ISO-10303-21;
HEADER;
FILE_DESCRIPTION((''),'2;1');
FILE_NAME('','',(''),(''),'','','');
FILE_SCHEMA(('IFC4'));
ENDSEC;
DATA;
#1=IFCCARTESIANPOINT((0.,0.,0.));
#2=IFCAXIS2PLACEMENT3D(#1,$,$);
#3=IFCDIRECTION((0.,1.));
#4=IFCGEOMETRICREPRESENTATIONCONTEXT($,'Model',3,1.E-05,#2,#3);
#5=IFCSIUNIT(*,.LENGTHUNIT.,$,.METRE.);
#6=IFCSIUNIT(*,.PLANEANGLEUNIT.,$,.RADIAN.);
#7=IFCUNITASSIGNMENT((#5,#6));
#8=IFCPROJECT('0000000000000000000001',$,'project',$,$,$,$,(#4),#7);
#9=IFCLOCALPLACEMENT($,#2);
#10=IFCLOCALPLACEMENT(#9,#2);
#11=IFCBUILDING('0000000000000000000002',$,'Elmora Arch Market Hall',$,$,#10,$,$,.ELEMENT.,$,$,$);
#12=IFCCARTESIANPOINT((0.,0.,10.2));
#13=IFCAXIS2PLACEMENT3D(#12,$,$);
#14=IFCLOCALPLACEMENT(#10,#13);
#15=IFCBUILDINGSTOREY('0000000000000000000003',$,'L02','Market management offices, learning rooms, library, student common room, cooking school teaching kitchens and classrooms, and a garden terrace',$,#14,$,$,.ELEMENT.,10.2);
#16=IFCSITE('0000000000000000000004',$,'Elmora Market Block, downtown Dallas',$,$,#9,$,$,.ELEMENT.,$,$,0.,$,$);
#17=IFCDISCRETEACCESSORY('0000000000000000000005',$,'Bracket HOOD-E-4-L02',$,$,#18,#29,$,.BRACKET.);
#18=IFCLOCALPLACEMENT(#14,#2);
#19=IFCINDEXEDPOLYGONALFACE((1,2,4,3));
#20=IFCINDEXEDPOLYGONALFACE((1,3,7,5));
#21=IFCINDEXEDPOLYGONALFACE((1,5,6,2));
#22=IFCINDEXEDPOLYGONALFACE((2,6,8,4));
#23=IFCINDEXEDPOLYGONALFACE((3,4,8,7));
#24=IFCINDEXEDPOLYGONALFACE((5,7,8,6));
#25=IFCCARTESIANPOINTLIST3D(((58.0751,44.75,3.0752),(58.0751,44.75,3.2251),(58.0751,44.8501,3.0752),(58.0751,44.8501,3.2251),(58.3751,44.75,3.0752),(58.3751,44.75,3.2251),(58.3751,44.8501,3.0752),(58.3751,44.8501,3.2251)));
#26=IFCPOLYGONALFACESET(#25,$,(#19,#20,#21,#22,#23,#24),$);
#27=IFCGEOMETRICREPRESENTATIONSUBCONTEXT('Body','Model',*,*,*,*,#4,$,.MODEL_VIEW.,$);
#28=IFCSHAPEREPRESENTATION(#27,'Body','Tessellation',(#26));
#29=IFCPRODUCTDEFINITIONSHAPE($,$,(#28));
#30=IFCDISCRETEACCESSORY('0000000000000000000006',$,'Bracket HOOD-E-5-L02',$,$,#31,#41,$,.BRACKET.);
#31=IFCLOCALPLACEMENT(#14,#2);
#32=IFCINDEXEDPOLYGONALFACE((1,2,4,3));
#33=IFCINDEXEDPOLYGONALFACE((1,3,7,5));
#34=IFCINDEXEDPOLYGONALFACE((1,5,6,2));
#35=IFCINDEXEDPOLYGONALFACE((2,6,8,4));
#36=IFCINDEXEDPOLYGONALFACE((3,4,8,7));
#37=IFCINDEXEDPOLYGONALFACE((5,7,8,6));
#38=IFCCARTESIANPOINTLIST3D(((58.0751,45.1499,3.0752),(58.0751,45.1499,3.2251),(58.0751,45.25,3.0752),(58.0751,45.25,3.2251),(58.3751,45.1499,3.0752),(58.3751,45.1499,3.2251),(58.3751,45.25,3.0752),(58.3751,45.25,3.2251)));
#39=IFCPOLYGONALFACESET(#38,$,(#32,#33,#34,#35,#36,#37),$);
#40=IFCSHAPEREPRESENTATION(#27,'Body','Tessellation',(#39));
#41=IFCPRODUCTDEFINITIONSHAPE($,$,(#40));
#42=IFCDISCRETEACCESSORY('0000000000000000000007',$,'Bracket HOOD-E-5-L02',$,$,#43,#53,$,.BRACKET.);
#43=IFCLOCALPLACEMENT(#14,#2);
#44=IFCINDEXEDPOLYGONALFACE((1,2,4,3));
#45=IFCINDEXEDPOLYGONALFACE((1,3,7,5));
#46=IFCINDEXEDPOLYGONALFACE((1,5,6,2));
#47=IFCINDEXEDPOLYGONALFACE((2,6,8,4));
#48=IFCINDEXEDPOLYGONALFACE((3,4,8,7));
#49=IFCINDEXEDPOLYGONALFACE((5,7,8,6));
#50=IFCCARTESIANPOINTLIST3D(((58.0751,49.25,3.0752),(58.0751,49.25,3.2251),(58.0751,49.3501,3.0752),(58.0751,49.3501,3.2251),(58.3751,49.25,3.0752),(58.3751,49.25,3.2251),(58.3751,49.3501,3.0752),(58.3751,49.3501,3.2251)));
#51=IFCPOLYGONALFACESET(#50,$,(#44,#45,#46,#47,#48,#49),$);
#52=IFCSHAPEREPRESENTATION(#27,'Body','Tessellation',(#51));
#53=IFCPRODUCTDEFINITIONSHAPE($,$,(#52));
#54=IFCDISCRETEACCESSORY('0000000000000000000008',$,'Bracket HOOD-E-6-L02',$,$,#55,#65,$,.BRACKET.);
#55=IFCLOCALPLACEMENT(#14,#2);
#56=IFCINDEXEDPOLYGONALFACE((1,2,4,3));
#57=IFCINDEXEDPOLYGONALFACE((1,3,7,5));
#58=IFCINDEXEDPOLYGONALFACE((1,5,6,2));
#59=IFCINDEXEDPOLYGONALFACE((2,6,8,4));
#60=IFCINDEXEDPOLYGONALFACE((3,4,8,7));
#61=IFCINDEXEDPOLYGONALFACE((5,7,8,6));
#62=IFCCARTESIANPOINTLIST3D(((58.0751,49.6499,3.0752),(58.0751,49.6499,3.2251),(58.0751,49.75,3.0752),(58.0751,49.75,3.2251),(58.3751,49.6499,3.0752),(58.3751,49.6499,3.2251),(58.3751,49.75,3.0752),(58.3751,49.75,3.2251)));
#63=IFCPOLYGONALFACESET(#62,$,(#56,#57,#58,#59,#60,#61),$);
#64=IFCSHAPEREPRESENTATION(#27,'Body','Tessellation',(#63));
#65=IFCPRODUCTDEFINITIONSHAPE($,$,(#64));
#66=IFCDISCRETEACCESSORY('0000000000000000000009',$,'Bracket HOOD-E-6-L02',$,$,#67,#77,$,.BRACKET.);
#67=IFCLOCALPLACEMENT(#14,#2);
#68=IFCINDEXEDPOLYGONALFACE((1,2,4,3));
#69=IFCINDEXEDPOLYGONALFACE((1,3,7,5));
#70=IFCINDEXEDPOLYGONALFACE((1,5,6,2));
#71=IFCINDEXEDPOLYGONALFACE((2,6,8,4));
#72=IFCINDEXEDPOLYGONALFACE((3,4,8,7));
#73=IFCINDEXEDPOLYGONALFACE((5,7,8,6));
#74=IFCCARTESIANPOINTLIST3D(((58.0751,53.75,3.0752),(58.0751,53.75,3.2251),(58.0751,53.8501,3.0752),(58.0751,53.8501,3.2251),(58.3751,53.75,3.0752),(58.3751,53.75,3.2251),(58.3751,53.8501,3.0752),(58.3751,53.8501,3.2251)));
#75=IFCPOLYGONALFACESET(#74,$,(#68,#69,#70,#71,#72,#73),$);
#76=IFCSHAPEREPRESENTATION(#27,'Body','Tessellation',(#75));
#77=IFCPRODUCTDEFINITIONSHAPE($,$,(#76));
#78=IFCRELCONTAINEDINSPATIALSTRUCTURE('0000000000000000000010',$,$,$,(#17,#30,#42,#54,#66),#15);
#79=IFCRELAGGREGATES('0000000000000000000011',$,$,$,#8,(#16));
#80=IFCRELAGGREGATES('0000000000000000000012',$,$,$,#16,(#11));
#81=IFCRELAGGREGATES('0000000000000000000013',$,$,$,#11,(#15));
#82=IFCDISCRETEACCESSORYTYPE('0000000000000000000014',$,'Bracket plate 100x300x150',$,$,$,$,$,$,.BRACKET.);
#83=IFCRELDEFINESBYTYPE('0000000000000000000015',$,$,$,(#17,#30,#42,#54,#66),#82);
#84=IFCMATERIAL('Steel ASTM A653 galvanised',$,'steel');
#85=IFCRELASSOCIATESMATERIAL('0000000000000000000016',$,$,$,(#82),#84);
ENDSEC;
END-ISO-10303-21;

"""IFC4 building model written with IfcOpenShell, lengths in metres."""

from ifc_helpers import new_model, si_unit, direction, frame, origin, origin_2d, place, context, subcontext, project, spatial, rectangle, extrude, material, type_object, element, save


model = new_model("IFC4")

# Units and contexts
model_context = context("Model", 3, precision=1e-05, world=origin(), true_north=direction((0.0, 1.0)))
body_context = subcontext(model_context, "Body", "Model", "MODEL_VIEW")
ifc_project = project(units=[si_unit("LENGTHUNIT", "METRE"), si_unit("PLANEANGLEUNIT", "RADIAN")], contexts=[model_context])

# Site, building, storey
site_placement = place(None, origin())
site = spatial("IfcSite", under=ifc_project, at=site_placement, Name="Elmora Market Block, downtown Dallas", CompositionType="ELEMENT", RefElevation=0.0)
building_placement = place(site_placement, origin())
building = spatial("IfcBuilding", under=site, at=building_placement, Name="Elmora Arch Market Hall", CompositionType="ELEMENT")
storey_placement = place(building_placement, frame((0.0, 0.0, 10.2)))
storey = spatial("IfcBuildingStorey", under=building, at=storey_placement, Name="L02", Description="Market management offices, learning rooms, library, student common room, cooking school teaching kitchens and classrooms, and a garden terrace", CompositionType="ELEMENT", Elevation=10.2)

# Discrete accessories
ifc_material_1 = material(Name="Steel ASTM A653 galvanised", Category="steel")
discrete_accessory_type = type_object("IfcDiscreteAccessoryType", Name="Bracket plate 100x300x150", PredefinedType="BRACKET", material=ifc_material_1)
for number, where, z_axis, x_axis, name in (
    (1, (58.2251, 44.8, 3.0752), (0.0, 0.0, 1.0), (1.0, 0.0, 0.0), "Bracket HOOD-E-4-L02"),
    (2, (58.2251, 45.2, 3.0752), (0.0, 0.0, 1.0), (1.0, 0.0, 0.0), "Bracket HOOD-E-5-L02"),
    (3, (58.2251, 49.3, 3.0752), (0.0, 0.0, 1.0), (1.0, 0.0, 0.0), "Bracket HOOD-E-5-L02"),
    (4, (58.2251, 49.7, 3.0752), (0.0, 0.0, 1.0), (1.0, 0.0, 0.0), "Bracket HOOD-E-6-L02"),
    (5, (58.2251, 53.8, 3.0752), (0.0, 0.0, 1.0), (1.0, 0.0, 0.0), "Bracket HOOD-E-6-L02"),
):
    element("IfcDiscreteAccessory", number, at=place(storey_placement, frame(where, z_axis=z_axis, x_axis=x_axis)), inside=storey, type_object=discrete_accessory_type, Name=name, PredefinedType="BRACKET", context=body_context, shape_type="SweptSolid", body=[
        extrude(rectangle(XDim=0.3, YDim=0.1001, at=origin_2d()), origin(), (0.0, 0.0, 1.0), 0.1499),
    ])

save(model, "model.ifc")
